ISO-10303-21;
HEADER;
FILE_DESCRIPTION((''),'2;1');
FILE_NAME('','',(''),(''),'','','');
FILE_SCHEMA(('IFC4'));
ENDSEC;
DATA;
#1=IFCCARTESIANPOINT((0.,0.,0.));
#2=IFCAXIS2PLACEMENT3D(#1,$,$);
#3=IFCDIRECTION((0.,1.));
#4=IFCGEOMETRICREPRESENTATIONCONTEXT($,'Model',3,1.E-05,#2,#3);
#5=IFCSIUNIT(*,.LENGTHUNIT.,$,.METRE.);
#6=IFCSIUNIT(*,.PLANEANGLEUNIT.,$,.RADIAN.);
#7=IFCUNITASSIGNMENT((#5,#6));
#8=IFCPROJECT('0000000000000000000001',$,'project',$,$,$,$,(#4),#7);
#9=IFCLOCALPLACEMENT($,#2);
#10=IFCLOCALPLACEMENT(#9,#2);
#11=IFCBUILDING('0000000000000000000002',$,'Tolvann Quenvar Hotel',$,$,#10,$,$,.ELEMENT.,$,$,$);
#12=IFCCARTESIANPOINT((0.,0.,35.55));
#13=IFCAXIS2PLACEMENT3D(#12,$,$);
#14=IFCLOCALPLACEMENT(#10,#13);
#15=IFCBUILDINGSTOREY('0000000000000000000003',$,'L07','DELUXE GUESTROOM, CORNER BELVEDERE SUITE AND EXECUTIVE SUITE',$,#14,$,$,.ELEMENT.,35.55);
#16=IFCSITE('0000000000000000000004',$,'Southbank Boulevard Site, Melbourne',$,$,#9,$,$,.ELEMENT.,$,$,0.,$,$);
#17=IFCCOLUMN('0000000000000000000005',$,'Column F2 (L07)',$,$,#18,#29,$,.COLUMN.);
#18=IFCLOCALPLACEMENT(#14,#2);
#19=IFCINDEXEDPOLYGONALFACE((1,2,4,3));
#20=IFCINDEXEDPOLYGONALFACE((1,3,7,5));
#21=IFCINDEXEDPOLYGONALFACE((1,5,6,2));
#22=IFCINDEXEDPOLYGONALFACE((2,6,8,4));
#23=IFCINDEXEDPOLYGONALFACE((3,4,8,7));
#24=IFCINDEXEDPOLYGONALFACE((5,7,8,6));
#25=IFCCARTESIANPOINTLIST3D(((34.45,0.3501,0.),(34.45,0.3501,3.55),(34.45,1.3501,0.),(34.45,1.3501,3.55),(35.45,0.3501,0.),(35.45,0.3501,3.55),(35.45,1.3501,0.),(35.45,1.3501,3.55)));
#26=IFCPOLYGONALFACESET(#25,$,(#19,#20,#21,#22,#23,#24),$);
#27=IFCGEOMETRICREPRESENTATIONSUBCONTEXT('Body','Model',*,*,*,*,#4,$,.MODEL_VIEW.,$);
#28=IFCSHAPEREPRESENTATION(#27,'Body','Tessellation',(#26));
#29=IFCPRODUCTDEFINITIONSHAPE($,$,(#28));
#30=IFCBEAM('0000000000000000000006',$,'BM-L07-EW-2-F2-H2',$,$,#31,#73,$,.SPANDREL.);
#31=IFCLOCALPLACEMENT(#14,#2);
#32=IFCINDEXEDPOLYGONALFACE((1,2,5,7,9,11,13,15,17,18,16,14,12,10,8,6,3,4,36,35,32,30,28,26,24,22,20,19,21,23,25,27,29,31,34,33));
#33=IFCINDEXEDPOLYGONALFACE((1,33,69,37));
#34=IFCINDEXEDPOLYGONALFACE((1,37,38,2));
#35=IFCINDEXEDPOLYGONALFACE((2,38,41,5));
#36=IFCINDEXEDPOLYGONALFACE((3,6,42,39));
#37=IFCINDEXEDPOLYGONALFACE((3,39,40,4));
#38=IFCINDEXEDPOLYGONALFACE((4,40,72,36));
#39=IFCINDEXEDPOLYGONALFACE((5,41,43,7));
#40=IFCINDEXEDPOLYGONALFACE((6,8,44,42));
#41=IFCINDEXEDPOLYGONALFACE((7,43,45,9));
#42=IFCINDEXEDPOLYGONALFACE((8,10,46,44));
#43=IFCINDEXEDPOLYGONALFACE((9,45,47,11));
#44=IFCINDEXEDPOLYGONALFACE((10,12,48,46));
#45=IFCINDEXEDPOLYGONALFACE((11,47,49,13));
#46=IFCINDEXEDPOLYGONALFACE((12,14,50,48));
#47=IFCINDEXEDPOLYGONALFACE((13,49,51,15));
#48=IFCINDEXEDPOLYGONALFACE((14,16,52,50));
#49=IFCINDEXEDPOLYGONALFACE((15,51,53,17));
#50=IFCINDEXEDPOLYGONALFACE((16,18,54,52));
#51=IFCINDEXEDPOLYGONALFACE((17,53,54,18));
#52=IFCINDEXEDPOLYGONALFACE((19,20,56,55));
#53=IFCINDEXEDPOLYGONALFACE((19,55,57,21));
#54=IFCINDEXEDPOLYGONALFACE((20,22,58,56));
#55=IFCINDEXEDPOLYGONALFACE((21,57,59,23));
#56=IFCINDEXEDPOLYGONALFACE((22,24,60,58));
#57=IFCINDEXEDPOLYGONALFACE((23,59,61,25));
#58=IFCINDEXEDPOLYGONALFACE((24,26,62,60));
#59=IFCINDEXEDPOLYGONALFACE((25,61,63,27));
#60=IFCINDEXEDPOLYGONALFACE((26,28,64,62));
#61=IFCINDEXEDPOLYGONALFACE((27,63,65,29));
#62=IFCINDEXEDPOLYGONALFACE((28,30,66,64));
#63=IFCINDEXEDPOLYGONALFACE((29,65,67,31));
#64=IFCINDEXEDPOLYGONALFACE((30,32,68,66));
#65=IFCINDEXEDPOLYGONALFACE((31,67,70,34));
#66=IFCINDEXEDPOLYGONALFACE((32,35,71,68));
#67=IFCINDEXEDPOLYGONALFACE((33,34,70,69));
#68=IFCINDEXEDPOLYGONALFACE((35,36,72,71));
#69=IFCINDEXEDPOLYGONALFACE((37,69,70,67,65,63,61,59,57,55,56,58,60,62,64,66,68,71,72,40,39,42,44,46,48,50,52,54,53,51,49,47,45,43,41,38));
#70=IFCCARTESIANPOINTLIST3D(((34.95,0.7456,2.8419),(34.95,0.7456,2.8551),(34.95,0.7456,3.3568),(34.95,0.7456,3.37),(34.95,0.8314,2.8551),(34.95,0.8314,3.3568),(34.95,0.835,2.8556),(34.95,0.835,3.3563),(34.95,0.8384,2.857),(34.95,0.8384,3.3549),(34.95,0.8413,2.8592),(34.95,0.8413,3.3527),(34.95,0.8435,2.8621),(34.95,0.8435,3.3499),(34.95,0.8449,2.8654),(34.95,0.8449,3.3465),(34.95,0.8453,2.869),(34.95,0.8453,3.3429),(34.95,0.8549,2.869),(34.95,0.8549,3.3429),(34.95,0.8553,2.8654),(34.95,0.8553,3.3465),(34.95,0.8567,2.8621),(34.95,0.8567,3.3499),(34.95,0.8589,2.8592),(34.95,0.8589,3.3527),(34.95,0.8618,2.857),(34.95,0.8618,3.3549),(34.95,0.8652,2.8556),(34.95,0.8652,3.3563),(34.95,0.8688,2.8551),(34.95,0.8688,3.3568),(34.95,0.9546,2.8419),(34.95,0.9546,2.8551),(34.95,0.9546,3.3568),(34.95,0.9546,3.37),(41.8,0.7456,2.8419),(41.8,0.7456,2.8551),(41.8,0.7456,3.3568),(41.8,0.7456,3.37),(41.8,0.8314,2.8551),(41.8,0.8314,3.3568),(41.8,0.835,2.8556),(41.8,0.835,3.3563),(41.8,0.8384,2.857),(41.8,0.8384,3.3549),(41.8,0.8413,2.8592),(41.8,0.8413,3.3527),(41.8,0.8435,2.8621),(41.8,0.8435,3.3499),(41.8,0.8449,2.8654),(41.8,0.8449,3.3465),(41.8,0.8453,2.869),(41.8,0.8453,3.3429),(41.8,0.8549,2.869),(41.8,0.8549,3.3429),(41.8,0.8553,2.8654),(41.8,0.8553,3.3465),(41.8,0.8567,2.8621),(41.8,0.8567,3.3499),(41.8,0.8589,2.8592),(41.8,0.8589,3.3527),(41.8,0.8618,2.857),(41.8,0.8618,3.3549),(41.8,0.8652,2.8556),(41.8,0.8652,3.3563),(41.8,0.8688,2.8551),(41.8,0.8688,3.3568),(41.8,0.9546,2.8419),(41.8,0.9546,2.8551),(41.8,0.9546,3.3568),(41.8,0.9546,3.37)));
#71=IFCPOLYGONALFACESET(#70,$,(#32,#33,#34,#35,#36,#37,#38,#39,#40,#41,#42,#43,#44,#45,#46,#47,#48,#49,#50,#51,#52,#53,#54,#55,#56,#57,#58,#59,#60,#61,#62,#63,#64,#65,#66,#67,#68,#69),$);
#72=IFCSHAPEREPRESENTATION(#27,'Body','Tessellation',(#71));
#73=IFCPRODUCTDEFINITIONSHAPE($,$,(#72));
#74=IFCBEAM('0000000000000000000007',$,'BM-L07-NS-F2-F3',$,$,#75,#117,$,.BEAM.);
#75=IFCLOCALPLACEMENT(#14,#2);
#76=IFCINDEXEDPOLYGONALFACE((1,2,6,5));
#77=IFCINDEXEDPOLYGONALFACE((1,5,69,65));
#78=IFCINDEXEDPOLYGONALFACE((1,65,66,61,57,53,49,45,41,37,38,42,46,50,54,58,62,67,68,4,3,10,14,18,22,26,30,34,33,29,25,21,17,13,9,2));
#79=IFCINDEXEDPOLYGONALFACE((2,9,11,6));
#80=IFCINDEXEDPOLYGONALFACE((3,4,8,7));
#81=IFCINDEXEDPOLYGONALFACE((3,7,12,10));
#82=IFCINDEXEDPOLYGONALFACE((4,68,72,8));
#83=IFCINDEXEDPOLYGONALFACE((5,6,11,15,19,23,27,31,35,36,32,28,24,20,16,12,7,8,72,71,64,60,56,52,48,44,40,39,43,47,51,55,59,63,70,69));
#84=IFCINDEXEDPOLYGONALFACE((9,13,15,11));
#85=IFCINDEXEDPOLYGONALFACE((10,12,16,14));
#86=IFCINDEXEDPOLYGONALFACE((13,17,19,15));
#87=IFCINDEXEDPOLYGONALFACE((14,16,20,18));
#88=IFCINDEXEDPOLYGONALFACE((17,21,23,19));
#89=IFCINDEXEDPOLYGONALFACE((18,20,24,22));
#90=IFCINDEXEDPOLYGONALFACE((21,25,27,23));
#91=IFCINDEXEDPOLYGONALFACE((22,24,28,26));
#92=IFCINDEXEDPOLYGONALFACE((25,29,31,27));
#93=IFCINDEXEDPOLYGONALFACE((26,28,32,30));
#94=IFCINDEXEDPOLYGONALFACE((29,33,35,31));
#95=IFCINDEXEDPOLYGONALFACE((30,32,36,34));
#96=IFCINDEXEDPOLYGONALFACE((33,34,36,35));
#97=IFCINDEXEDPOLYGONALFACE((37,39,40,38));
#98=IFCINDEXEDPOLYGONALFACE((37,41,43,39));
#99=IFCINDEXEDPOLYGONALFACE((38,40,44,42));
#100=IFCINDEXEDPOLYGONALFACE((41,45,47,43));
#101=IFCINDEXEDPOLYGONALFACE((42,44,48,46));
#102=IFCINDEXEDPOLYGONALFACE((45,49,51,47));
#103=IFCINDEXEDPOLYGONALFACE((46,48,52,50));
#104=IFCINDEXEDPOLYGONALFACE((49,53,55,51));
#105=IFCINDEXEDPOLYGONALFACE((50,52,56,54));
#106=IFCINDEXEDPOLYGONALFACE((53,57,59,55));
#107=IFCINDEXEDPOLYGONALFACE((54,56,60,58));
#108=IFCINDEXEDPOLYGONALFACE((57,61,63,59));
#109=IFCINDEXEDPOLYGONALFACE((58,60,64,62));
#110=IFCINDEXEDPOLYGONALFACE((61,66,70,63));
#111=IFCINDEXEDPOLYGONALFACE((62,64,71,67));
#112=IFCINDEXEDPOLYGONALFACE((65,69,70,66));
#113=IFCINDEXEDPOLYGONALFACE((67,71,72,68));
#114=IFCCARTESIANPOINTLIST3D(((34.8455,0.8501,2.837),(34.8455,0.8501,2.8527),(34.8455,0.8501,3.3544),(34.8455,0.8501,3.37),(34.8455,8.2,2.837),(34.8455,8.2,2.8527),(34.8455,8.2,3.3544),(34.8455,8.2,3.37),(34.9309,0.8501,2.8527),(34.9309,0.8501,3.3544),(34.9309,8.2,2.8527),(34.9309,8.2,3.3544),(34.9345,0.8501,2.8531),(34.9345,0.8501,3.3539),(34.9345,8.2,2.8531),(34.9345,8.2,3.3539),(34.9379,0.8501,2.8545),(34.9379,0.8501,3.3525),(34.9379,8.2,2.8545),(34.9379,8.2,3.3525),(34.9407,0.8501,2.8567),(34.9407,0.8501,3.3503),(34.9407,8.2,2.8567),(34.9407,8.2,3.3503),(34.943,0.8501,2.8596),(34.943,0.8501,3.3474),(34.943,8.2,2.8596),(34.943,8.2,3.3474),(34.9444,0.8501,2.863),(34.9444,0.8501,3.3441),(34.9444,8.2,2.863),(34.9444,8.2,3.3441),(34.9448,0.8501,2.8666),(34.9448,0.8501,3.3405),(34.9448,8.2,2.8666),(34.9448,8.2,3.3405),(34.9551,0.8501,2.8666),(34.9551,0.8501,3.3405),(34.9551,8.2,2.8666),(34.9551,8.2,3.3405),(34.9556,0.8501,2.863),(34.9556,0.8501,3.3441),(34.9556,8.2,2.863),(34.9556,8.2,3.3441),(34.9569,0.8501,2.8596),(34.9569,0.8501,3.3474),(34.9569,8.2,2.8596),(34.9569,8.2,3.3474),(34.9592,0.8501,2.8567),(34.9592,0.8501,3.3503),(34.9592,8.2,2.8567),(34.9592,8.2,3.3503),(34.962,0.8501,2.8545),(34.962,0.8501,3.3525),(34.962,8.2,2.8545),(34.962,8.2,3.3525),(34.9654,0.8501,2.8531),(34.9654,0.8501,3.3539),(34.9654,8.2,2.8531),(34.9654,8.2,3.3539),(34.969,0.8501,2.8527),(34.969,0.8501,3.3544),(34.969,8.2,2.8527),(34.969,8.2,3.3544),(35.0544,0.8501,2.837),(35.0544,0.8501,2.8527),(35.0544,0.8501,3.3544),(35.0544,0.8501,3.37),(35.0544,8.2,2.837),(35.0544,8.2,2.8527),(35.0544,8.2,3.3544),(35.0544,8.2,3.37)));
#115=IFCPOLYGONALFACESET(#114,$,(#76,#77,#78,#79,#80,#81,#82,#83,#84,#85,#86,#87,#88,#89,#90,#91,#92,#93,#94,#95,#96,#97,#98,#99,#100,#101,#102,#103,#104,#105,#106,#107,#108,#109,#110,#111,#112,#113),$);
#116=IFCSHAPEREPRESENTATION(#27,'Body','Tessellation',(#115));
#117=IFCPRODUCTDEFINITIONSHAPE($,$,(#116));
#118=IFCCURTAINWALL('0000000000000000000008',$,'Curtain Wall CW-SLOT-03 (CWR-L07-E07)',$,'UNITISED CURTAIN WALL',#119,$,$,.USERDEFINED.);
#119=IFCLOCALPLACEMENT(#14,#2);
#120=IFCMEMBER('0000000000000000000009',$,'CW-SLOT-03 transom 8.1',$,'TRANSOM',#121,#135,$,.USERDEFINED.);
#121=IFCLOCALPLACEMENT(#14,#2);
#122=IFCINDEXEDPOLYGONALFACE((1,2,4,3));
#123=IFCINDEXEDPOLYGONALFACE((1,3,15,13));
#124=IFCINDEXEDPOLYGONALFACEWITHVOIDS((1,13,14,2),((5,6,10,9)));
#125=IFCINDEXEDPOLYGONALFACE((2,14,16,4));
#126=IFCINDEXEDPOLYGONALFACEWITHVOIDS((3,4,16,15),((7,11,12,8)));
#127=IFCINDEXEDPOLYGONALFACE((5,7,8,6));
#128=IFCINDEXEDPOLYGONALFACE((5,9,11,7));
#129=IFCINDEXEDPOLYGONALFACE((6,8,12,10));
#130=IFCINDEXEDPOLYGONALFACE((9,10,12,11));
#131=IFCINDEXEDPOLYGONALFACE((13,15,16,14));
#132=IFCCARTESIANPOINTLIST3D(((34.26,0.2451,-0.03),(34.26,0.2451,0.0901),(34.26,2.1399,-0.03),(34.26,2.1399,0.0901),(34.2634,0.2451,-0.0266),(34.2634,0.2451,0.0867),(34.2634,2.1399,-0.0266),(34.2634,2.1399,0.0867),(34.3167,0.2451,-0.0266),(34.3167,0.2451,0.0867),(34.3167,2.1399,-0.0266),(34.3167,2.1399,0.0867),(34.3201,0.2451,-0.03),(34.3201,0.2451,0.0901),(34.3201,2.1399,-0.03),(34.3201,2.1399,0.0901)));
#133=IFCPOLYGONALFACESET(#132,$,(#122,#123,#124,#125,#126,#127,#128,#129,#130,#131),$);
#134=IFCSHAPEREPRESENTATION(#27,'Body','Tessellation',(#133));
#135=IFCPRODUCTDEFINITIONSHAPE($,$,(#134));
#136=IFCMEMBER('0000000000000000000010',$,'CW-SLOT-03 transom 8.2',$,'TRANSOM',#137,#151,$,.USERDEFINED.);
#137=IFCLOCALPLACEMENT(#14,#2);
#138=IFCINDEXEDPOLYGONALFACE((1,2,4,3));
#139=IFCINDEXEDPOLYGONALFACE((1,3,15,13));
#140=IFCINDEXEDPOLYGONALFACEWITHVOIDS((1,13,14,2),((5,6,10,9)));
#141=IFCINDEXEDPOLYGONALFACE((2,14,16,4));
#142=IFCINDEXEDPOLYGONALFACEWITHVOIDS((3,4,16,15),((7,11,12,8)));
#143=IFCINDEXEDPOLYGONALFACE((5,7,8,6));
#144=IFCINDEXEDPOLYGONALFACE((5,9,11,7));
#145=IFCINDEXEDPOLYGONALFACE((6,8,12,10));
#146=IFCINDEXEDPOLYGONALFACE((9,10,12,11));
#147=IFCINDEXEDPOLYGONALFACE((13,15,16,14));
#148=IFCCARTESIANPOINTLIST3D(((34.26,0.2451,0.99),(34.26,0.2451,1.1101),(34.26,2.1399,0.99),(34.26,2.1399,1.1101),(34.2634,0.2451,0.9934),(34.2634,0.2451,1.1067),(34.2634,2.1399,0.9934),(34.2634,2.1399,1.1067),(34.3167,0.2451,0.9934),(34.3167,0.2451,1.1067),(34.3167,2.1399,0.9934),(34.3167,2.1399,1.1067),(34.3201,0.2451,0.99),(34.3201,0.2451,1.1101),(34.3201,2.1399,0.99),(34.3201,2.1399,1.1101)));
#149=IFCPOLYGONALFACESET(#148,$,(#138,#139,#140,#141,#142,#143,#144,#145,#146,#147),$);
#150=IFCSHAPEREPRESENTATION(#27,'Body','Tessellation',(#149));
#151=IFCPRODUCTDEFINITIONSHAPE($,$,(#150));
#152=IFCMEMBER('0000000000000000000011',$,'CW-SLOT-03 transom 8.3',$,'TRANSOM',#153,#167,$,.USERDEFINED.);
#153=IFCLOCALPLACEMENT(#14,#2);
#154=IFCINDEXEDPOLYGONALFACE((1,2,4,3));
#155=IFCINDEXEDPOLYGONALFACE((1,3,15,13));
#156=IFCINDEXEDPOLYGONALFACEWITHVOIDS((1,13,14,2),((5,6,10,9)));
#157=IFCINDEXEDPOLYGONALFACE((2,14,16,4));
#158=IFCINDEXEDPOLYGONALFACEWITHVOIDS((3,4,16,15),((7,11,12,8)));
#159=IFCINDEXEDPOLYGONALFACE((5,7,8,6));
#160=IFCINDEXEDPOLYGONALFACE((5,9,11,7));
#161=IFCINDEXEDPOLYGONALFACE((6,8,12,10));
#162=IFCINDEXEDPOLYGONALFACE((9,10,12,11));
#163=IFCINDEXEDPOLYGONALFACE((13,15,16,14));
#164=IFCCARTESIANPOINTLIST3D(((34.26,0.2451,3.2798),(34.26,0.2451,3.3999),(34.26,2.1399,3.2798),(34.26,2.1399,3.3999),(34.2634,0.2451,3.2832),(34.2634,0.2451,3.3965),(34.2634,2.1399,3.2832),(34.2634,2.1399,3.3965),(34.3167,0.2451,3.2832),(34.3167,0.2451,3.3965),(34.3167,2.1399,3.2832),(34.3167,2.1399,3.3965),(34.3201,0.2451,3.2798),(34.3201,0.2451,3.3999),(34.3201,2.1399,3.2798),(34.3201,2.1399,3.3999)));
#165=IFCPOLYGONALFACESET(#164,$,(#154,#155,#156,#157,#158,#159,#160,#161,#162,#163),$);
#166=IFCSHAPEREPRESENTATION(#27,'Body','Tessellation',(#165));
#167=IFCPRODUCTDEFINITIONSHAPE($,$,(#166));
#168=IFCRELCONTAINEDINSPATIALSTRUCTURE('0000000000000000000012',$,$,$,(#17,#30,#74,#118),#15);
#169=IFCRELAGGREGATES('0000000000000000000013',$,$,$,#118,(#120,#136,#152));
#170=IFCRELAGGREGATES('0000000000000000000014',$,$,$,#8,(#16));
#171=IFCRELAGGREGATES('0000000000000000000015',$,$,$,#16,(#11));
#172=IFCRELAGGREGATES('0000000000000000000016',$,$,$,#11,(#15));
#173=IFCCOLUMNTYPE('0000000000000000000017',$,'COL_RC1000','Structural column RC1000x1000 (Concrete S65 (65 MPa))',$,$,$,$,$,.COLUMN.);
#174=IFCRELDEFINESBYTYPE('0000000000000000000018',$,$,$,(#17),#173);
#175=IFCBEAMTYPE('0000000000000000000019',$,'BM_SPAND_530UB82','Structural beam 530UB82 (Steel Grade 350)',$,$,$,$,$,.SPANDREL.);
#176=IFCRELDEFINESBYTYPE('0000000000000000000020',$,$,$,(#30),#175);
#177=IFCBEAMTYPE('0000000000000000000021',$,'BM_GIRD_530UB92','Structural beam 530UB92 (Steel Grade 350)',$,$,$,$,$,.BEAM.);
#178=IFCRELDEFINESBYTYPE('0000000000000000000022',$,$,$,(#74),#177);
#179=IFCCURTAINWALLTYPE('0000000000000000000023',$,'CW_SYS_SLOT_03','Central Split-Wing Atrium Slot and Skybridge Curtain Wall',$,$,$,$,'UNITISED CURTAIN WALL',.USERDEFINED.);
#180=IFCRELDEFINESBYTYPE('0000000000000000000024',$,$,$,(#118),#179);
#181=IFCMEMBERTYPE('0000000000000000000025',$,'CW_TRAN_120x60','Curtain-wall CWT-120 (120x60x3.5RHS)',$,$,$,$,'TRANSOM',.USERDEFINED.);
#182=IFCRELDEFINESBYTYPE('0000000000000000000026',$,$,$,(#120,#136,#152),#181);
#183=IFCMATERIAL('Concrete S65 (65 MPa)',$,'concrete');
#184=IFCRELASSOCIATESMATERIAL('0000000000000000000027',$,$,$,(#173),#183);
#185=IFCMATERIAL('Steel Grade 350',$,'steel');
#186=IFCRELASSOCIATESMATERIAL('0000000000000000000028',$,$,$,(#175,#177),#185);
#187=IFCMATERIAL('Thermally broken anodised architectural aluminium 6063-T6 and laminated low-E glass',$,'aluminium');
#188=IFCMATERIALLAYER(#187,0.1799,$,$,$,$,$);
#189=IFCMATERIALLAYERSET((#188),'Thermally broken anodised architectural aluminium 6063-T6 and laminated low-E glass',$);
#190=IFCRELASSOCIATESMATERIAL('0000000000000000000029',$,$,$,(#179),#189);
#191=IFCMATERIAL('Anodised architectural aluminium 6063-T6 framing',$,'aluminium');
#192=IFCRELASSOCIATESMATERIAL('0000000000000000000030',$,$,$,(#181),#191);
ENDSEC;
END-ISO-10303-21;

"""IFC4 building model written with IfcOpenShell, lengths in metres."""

from ifc_helpers import new_model, si_unit, direction, frame, origin, origin_2d, place, context, subcontext, project, spatial, rectangle, hollow_rectangle, i_section, extrude, source, transform, mapped, material, layer, layer_set, material_profile, profile_set, type_object, type_shapes, element, aggregate, save


model = new_model("IFC4")

# Units and contexts
model_context = context("Model", 3, precision=1e-05, world=origin(), true_north=direction((0.0, 1.0)))
body_context = subcontext(model_context, "Body", "Model", "MODEL_VIEW")
ifc_project = project(units=[si_unit("LENGTHUNIT", "METRE"), si_unit("PLANEANGLEUNIT", "RADIAN")], contexts=[model_context])

# Site, building, storey
site_placement = place(None, origin())
site = spatial("IfcSite", under=ifc_project, at=site_placement, Name="Southbank Boulevard Site, Melbourne", CompositionType="ELEMENT", RefElevation=0.0)
building_placement = place(site_placement, origin())
building = spatial("IfcBuilding", under=site, at=building_placement, Name="Tolvann Quenvar Hotel", CompositionType="ELEMENT")
storey_placement = place(building_placement, frame((0.0, 0.0, 35.55)))
storey = spatial("IfcBuildingStorey", under=building, at=storey_placement, Name="L07", Description="DELUXE GUESTROOM, CORNER BELVEDERE SUITE AND EXECUTIVE SUITE", CompositionType="ELEMENT", Elevation=35.55)

# Column
ifc_material_1 = material(Name="Concrete S65 (65 MPa)", Category="concrete")
ifc_material_profile_1 = material_profile(ifc_material_1, rectangle(XDim=1.0, YDim=1.0, at=origin_2d()), Name="RC1000x1000")
ifc_profile_set_1 = profile_set([ifc_material_profile_1], Name="Concrete S65 (65 MPa)")
column_type = type_object("IfcColumnType", Name="COL_RC1000", Description="Structural column RC1000x1000 (Concrete S65 (65 MPa))", PredefinedType="COLUMN", material=ifc_profile_set_1)
shared_shape_1 = source(origin(), body_context, "Body", "SweptSolid", [
    extrude(rectangle(XDim=1.0, YDim=1.0, at=origin_2d()), origin(), (0.0, 0.0, 1.0), 3.55),
])
type_shapes(column_type, [shared_shape_1])
column_placement = place(storey_placement, frame((34.95, 0.8501, 0.0), z_axis=(0.0, 0.0, 1.0), x_axis=(1.0, 0.0, 0.0)))
element("IfcColumn", 1, at=column_placement, inside=storey, type_object=column_type, Name="Column F2 (L07)", PredefinedType="COLUMN", context=body_context, shape_type="MappedRepresentation", body=[
    mapped(shared_shape_1, transform((0.0, 0.0, 0.0), x_axis=(1.0, 0.0, 0.0), y_axis=(0.0, 1.0, 0.0), z_axis=(0.0, 0.0, 1.0), scale=1.0)),
])

# Beams
ifc_material_2 = material(Name="Steel Grade 350", Category="steel")
ifc_material_profile_2 = material_profile(ifc_material_2, i_section(OverallWidth=0.209, OverallDepth=0.5281, WebThickness=0.0095, FlangeThickness=0.0132, FilletRadius=0.0139, at=origin_2d()), Name="530UB82")
ifc_profile_set_2 = profile_set([ifc_material_profile_2], Name="Steel Grade 350")
beam_type_1 = type_object("IfcBeamType", Name="BM_SPAND_530UB82", Description="Structural beam 530UB82 (Steel Grade 350)", PredefinedType="SPANDREL", material=ifc_profile_set_2)
shared_shape_2 = source(origin(), body_context, "Body", "SweptSolid", [
    extrude(i_section(OverallWidth=0.209, OverallDepth=0.5281, WebThickness=0.0095, FlangeThickness=0.0132, FilletRadius=0.0139, at=origin_2d()), origin(), (0.0, 0.0, 1.0), 6.8501),
])
type_shapes(beam_type_1, [shared_shape_2])
beam_1_placement = place(storey_placement, frame((34.95, 0.8501, 3.106), z_axis=(1.0, 0.0, 0.0), x_axis=(0.0, 1.0, 0.0)))
element("IfcBeam", 2, at=beam_1_placement, inside=storey, type_object=beam_type_1, Name="BM-L07-EW-2-F2-H2", PredefinedType="SPANDREL", context=body_context, shape_type="MappedRepresentation", body=[
    mapped(shared_shape_2, transform((0.0, 0.0, 0.0), x_axis=(1.0, 0.0, 0.0), y_axis=(0.0, 1.0, 0.0), z_axis=(0.0, 0.0, 1.0), scale=1.0)),
])
ifc_material_profile_3 = material_profile(ifc_material_2, i_section(OverallWidth=0.209, OverallDepth=0.533, WebThickness=0.0103, FlangeThickness=0.0156, FilletRadius=0.0139, at=origin_2d()), Name="530UB92")
ifc_profile_set_3 = profile_set([ifc_material_profile_3], Name="Steel Grade 350")
beam_type_2 = type_object("IfcBeamType", Name="BM_GIRD_530UB92", Description="Structural beam 530UB92 (Steel Grade 350)", PredefinedType="BEAM", material=ifc_profile_set_3)
shared_shape_3 = source(origin(), body_context, "Body", "SweptSolid", [
    extrude(i_section(OverallWidth=0.209, OverallDepth=0.533, WebThickness=0.0103, FlangeThickness=0.0156, FilletRadius=0.0139, at=origin_2d()), origin(), (0.0, 0.0, 1.0), 7.3499),
])
type_shapes(beam_type_2, [shared_shape_3])
beam_2_placement = place(storey_placement, frame((34.95, 0.8501, 3.1035), z_axis=(0.0, 1.0, 0.0), x_axis=(-1.0, 0.0, 0.0)))
element("IfcBeam", 3, at=beam_2_placement, inside=storey, type_object=beam_type_2, Name="BM-L07-NS-F2-F3", PredefinedType="BEAM", context=body_context, shape_type="MappedRepresentation", body=[
    mapped(shared_shape_3, transform((0.0, 0.0, 0.0), x_axis=(1.0, 0.0, 0.0), y_axis=(0.0, 1.0, 0.0), z_axis=(0.0, 0.0, 1.0), scale=1.0)),
])

# Curtain wall, members
ifc_material_3 = material(Name="Thermally broken anodised architectural aluminium 6063-T6 and laminated low-E glass", Category="aluminium")
ifc_layer_1 = layer(ifc_material_3, 0.1799)
ifc_layer_set_1 = layer_set([ifc_layer_1], Name="Thermally broken anodised architectural aluminium 6063-T6 and laminated low-E glass")
curtain_wall_type = type_object("IfcCurtainWallType", Name="CW_SYS_SLOT_03", Description="Central Split-Wing Atrium Slot and Skybridge Curtain Wall", ElementType="UNITISED CURTAIN WALL", PredefinedType="USERDEFINED", material=ifc_layer_set_1)
curtain_wall_placement = place(storey_placement, origin())
curtain_wall = element("IfcCurtainWall", 4, at=curtain_wall_placement, inside=storey, type_object=curtain_wall_type, Name="Curtain Wall CW-SLOT-03 (CWR-L07-E07)", ObjectType="UNITISED CURTAIN WALL", PredefinedType="USERDEFINED")
ifc_material_4 = material(Name="Anodised architectural aluminium 6063-T6 framing", Category="aluminium")
ifc_material_profile_4 = material_profile(ifc_material_4, hollow_rectangle(XDim=0.0601, YDim=0.1201, WallThickness=0.0034, at=origin_2d()), Name="120x60x3.5RHS")
ifc_profile_set_4 = profile_set([ifc_material_profile_4], Name="Anodised architectural aluminium 6063-T6 framing")
member_type_1 = type_object("IfcMemberType", Name="CW_TRAN_120x60", Description="Curtain-wall CWT-120 (120x60x3.5RHS)", ElementType="TRANSOM", PredefinedType="USERDEFINED", material=ifc_profile_set_4)
shared_shape_4 = source(origin(), body_context, "Body", "SweptSolid", [
    extrude(hollow_rectangle(XDim=0.0601, YDim=0.1201, WallThickness=0.0034, at=origin_2d()), origin(), (0.0, 0.0, 1.0), 1.8948),
])
member_1_placement = place(storey_placement, frame((34.29, 2.1399, 0.03), z_axis=(0.0, -1.0, 0.0), x_axis=(1.0, 0.0, 0.0)))
member_1 = element("IfcMember", 5, at=member_1_placement, type_object=member_type_1, Name="CW-SLOT-03 transom 8.1", ObjectType="TRANSOM", PredefinedType="USERDEFINED", context=body_context, shape_type="MappedRepresentation", body=[
    mapped(shared_shape_4, transform((0.0, 0.0, 0.0), x_axis=(1.0, 0.0, 0.0), y_axis=(0.0, 1.0, 0.0), z_axis=(0.0, 0.0, 1.0), scale=1.0)),
])
member_2_placement = place(storey_placement, frame((34.29, 2.1399, 1.05), z_axis=(0.0, -1.0, 0.0), x_axis=(1.0, 0.0, 0.0)))
member_2 = element("IfcMember", 6, at=member_2_placement, type_object=member_type_1, Name="CW-SLOT-03 transom 8.2", ObjectType="TRANSOM", PredefinedType="USERDEFINED", context=body_context, shape_type="MappedRepresentation", body=[
    mapped(shared_shape_4, transform((0.0, 0.0, 0.0), x_axis=(1.0, 0.0, 0.0), y_axis=(0.0, 1.0, 0.0), z_axis=(0.0, 0.0, 1.0), scale=1.0)),
])
member_3_placement = place(storey_placement, frame((34.29, 2.1399, 3.3398), z_axis=(0.0, -1.0, 0.0), x_axis=(1.0, 0.0, 0.0)))
member_3 = element("IfcMember", 7, at=member_3_placement, type_object=member_type_1, Name="CW-SLOT-03 transom 8.3", ObjectType="TRANSOM", PredefinedType="USERDEFINED", context=body_context, shape_type="MappedRepresentation", body=[
    mapped(shared_shape_4, transform((0.0, 0.0, 0.0), x_axis=(1.0, 0.0, 0.0), y_axis=(0.0, 1.0, 0.0), z_axis=(0.0, 0.0, 1.0), scale=1.0)),
])
aggregate(curtain_wall, [member_1, member_2, member_3])

save(model, "model.ifc")
